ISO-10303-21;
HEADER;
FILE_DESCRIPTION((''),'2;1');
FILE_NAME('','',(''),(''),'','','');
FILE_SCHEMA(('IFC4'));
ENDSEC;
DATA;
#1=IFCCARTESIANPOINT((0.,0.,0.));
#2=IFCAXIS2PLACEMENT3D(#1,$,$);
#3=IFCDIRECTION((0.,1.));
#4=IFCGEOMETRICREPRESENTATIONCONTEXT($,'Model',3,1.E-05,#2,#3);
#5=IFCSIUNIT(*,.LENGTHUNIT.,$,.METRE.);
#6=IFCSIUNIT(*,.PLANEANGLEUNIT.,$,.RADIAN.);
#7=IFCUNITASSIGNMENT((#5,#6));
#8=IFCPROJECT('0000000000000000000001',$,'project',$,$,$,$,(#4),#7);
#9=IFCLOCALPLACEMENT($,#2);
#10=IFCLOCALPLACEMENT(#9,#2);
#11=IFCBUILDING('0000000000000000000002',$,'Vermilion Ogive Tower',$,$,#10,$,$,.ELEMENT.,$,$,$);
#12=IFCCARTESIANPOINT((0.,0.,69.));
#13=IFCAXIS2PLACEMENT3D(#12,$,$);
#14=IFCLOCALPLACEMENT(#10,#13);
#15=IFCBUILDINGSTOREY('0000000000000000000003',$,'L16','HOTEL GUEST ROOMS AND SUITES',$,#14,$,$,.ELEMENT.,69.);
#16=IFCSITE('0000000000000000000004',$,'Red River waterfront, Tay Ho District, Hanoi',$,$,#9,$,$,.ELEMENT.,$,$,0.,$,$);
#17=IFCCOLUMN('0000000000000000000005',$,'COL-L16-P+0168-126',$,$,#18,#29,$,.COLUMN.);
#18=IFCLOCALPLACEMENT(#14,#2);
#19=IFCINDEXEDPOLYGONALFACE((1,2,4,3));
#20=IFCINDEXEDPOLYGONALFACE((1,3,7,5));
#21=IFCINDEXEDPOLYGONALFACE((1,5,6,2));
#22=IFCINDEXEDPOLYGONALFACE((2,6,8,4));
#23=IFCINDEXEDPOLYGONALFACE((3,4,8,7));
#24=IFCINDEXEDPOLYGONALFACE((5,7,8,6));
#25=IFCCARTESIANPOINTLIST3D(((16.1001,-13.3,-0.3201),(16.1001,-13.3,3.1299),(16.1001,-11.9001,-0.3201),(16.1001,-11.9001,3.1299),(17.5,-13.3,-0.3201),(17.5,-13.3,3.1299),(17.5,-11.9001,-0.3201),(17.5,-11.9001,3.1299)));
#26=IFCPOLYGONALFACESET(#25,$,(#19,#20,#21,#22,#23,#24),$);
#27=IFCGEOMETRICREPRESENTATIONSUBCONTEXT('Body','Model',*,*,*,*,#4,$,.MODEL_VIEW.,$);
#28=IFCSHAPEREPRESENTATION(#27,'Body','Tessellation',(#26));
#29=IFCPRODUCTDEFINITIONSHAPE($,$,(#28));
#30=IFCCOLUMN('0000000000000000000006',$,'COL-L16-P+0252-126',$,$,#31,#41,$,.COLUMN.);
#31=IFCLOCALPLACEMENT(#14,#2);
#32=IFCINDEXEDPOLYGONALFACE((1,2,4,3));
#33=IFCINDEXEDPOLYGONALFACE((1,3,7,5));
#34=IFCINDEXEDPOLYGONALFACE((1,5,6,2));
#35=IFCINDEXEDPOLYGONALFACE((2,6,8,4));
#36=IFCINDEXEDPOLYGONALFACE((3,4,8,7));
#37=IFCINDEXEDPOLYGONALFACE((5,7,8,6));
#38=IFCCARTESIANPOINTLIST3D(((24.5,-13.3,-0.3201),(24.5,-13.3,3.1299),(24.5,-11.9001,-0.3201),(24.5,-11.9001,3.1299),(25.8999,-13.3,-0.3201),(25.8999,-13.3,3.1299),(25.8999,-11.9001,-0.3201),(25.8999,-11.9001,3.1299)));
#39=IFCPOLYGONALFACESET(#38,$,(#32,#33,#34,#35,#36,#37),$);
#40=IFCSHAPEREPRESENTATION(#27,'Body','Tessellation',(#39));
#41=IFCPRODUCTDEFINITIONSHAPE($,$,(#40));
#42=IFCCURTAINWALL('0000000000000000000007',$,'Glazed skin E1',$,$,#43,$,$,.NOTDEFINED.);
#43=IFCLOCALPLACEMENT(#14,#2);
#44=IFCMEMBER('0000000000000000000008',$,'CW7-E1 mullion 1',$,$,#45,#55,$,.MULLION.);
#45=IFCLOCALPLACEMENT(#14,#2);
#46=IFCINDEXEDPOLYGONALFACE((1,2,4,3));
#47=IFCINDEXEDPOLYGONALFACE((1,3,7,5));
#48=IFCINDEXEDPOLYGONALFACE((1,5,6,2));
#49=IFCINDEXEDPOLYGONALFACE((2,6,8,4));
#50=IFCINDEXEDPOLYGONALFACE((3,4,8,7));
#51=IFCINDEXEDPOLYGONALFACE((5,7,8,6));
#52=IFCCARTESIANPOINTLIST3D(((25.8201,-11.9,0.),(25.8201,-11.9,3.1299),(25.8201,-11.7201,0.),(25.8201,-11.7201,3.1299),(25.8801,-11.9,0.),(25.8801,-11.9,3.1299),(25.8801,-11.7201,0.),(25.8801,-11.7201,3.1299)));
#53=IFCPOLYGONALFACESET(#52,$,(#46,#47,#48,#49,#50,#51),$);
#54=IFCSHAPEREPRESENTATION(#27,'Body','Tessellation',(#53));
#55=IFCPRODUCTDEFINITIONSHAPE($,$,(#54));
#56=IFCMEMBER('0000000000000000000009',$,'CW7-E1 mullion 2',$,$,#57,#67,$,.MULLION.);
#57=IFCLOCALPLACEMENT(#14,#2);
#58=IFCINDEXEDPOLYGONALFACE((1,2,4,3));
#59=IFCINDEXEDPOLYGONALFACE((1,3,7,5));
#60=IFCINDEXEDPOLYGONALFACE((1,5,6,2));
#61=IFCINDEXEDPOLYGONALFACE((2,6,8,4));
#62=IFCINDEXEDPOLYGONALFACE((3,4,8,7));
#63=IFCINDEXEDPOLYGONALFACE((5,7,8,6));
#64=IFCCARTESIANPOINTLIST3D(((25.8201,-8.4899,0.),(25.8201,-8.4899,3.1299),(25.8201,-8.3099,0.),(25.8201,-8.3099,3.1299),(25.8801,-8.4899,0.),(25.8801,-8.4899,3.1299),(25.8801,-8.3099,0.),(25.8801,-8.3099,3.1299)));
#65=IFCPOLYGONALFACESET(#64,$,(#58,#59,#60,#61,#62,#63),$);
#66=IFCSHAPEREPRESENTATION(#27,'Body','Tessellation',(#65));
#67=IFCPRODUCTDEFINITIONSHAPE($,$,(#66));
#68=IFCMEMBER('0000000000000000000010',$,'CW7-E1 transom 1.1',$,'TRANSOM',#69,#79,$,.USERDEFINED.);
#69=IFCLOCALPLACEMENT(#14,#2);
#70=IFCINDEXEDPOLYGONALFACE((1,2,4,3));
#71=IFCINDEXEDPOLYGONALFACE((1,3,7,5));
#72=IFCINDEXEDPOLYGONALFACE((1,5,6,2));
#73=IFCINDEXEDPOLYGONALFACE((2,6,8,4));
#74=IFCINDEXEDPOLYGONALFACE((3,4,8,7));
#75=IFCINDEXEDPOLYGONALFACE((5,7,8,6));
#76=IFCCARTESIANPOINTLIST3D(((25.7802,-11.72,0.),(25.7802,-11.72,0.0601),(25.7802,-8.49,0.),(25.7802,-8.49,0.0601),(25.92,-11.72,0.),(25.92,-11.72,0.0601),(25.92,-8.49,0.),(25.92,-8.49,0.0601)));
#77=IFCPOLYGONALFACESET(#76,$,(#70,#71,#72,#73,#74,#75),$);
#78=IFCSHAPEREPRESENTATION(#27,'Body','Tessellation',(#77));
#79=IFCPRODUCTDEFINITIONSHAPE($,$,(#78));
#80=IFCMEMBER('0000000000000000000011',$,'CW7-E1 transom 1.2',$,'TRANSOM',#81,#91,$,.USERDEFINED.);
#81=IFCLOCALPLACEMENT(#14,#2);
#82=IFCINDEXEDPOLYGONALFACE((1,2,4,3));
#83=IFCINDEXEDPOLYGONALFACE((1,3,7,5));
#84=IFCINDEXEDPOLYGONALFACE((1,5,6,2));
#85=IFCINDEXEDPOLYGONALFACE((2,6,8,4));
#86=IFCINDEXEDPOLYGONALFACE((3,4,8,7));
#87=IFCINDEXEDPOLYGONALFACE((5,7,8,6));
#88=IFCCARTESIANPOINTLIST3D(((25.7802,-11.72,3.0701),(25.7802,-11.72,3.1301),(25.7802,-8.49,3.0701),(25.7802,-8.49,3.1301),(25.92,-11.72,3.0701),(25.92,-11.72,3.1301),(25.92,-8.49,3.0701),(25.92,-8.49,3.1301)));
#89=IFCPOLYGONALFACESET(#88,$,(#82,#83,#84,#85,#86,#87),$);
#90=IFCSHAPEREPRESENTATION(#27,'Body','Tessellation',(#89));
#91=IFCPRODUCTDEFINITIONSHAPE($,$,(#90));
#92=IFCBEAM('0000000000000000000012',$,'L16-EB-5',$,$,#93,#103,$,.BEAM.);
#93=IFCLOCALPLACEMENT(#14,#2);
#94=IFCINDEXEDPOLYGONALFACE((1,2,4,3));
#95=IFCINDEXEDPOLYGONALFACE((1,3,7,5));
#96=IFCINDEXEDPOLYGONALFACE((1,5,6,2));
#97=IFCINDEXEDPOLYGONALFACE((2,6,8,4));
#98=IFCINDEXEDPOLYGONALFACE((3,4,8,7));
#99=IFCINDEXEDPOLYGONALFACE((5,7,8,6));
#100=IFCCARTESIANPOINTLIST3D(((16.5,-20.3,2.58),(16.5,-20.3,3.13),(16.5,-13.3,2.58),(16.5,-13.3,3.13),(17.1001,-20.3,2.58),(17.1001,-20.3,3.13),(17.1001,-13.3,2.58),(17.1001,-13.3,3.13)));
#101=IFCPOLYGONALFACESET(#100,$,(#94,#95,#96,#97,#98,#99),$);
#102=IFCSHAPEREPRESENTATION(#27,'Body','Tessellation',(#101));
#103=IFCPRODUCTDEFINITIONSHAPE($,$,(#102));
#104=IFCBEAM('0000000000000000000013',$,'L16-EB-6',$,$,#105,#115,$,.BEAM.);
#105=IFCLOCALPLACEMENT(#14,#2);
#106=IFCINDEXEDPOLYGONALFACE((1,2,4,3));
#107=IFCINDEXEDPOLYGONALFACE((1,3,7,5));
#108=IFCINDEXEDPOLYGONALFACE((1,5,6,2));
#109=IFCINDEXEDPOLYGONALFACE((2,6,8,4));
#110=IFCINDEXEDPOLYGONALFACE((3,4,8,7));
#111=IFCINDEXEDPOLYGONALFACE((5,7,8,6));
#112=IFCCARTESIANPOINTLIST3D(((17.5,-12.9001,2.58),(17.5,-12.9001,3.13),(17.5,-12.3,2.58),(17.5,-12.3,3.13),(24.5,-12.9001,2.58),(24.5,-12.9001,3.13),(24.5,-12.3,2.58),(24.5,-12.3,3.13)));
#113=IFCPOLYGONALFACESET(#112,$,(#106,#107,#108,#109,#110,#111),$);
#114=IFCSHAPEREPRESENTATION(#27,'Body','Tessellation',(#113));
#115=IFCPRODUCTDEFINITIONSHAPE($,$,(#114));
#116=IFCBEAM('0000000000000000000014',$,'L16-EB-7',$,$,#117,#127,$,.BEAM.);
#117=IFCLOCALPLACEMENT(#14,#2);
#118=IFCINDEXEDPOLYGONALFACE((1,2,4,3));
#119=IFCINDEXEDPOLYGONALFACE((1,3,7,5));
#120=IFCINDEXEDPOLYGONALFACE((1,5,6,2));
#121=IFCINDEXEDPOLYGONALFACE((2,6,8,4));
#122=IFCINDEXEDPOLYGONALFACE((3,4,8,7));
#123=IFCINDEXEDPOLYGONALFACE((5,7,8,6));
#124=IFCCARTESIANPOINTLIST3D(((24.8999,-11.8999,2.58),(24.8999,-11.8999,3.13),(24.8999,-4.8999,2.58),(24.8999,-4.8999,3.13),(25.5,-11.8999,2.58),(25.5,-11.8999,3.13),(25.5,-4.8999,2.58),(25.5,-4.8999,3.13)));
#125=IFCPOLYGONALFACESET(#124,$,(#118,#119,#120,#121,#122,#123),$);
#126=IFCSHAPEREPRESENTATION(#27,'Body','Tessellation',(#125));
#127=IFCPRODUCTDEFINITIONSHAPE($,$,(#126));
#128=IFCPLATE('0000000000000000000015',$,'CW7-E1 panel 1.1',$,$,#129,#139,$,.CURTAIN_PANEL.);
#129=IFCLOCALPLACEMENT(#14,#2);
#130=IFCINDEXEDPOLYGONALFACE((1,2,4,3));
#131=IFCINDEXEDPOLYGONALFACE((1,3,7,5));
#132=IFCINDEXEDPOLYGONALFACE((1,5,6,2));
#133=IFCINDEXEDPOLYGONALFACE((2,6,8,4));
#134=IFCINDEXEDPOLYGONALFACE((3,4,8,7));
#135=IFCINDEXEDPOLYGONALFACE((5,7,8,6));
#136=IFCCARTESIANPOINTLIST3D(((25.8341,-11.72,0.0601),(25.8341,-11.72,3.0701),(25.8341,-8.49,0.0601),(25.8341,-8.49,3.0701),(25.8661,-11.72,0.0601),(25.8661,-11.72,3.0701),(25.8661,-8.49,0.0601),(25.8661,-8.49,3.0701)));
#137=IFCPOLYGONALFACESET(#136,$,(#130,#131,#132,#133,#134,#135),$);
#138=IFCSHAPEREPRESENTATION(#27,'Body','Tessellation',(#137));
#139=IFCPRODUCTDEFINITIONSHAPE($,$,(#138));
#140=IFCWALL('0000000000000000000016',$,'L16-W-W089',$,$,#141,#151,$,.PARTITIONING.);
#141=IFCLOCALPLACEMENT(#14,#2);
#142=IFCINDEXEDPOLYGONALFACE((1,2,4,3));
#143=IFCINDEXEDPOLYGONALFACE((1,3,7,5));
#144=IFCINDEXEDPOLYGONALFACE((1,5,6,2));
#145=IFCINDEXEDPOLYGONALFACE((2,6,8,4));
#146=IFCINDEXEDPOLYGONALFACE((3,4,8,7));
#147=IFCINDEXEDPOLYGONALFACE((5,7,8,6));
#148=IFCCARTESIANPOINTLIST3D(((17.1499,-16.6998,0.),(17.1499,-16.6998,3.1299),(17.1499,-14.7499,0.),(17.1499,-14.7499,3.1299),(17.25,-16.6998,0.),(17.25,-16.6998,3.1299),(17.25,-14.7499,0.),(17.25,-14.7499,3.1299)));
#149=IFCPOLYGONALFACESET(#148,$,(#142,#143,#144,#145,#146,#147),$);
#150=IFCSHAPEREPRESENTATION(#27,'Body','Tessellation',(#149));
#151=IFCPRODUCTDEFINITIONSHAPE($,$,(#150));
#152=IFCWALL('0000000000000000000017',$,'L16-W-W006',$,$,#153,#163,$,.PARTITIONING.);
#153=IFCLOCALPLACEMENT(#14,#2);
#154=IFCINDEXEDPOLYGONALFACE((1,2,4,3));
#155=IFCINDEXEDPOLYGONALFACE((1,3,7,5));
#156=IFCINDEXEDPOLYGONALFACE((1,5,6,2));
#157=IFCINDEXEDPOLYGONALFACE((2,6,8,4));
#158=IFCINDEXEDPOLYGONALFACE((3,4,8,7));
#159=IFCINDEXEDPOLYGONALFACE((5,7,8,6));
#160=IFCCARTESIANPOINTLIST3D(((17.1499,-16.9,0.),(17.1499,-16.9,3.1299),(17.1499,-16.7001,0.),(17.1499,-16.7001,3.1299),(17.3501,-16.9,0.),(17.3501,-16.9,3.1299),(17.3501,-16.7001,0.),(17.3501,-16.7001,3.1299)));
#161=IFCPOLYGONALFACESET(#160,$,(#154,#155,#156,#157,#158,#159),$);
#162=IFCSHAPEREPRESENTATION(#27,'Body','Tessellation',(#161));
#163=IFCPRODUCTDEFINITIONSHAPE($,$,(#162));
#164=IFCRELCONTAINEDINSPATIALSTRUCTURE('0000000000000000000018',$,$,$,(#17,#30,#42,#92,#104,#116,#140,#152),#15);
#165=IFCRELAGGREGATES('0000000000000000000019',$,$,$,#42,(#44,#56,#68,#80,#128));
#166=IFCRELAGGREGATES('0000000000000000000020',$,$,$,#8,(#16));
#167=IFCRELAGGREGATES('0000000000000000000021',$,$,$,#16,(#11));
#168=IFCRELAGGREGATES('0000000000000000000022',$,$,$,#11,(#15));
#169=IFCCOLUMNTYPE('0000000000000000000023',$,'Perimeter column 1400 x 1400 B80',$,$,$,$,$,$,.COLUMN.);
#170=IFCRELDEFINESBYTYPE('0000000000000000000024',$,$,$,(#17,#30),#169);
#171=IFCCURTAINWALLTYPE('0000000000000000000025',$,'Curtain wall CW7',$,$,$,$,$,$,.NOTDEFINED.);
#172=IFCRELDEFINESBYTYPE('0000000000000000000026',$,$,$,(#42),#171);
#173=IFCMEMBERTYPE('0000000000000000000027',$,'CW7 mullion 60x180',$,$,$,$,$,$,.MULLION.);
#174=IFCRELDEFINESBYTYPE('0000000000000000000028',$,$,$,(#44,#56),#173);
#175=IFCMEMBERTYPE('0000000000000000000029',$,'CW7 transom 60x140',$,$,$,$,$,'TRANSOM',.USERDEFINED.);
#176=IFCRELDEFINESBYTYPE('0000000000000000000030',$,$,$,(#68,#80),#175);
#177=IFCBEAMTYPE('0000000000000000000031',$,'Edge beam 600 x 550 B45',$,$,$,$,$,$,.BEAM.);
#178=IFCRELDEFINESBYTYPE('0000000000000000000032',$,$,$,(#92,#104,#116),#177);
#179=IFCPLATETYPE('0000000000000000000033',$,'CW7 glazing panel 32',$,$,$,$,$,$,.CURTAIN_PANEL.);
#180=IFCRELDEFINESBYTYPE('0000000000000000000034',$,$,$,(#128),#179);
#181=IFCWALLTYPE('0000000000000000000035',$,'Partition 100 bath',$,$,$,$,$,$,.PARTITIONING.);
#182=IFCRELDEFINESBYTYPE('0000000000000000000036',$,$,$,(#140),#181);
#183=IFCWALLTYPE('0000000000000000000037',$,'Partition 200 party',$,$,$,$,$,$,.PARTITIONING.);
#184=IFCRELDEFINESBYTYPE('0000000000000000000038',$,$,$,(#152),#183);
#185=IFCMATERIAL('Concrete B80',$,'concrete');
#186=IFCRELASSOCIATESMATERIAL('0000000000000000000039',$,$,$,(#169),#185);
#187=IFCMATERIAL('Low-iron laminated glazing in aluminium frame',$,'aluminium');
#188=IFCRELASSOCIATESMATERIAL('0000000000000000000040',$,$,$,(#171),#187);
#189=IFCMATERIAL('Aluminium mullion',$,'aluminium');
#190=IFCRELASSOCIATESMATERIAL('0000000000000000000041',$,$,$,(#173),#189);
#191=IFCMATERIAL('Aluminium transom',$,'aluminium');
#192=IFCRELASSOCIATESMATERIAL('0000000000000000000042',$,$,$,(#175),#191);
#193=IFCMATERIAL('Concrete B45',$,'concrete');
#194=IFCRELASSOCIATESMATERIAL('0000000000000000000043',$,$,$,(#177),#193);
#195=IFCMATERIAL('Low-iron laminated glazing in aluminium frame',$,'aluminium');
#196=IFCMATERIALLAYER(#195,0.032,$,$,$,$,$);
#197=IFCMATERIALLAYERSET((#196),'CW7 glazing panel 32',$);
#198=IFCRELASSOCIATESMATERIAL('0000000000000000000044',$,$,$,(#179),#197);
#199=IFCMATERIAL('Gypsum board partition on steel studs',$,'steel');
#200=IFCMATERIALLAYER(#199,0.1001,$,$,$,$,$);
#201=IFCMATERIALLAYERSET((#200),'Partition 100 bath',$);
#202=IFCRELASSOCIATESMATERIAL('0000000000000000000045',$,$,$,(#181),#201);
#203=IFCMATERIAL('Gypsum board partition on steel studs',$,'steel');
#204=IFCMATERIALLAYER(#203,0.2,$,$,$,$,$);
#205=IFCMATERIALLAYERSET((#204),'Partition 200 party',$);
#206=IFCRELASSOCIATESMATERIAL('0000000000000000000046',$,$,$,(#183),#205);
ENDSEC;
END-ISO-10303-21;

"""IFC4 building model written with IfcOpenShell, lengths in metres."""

from ifc_helpers import new_model, si_unit, direction, frame, frame_2d, origin, origin_2d, place, context, subcontext, project, spatial, rectangle, extrude, material, layer, layer_set, material_profile, profile_set, type_object, element, aggregate, save


model = new_model("IFC4")

# Units and contexts
model_context = context("Model", 3, precision=1e-05, world=origin(), true_north=direction((0.0, 1.0)))
body_context = subcontext(model_context, "Body", "Model", "MODEL_VIEW")
ifc_project = project(units=[si_unit("LENGTHUNIT", "METRE"), si_unit("PLANEANGLEUNIT", "RADIAN")], contexts=[model_context])

# Site, building, storey
site_placement = place(None, origin())
site = spatial("IfcSite", under=ifc_project, at=site_placement, Name="Red River waterfront, Tay Ho District, Hanoi", CompositionType="ELEMENT", RefElevation=0.0)
building_placement = place(site_placement, origin())
building = spatial("IfcBuilding", under=site, at=building_placement, Name="Vermilion Ogive Tower", CompositionType="ELEMENT")
storey_placement = place(building_placement, frame((0.0, 0.0, 69.0)))
storey = spatial("IfcBuildingStorey", under=building, at=storey_placement, Name="L16", Description="HOTEL GUEST ROOMS AND SUITES", CompositionType="ELEMENT", Elevation=69.0)

# Columns
ifc_material_1 = material(Name="Concrete B80", Category="concrete")
ifc_material_profile_1 = material_profile(ifc_material_1, rectangle(XDim=1.3999, YDim=1.3999, at=origin_2d()), Name="1400 x 1400")
ifc_profile_set_1 = profile_set([ifc_material_profile_1], Name="Concrete B80")
column_type = type_object("IfcColumnType", Name="Perimeter column 1400 x 1400 B80", PredefinedType="COLUMN", material=ifc_profile_set_1)
for number, where, z_axis, x_axis, name in (
    (1, (16.8, -12.6001, -0.3201), (0.0, 0.0, 1.0), (1.0, 0.0, 0.0), "COL-L16-P+0168-126"),
    (2, (25.2, -12.6001, -0.3201), (0.0, 0.0, 1.0), (1.0, 0.0, 0.0), "COL-L16-P+0252-126"),
):
    element("IfcColumn", number, at=place(storey_placement, frame(where, z_axis=z_axis, x_axis=x_axis)), inside=storey, type_object=column_type, Name=name, PredefinedType="COLUMN", context=body_context, shape_type="SweptSolid", body=[
        extrude(rectangle(XDim=1.3999, YDim=1.3999, at=origin_2d()), origin(), (0.0, 0.0, 1.0), 3.45),
    ])

# Curtain wall, members
ifc_material_2 = material(Name="Low-iron laminated glazing in aluminium frame", Category="aluminium")
curtain_wall_type = type_object("IfcCurtainWallType", Name="Curtain wall CW7", PredefinedType="NOTDEFINED", material=ifc_material_2)
curtain_wall_placement = place(storey_placement, origin())
curtain_wall = element("IfcCurtainWall", 3, at=curtain_wall_placement, inside=storey, type_object=curtain_wall_type, Name="Glazed skin E1", PredefinedType="NOTDEFINED")
ifc_material_3 = material(Name="Aluminium mullion", Category="aluminium")
ifc_material_profile_2 = material_profile(ifc_material_3, rectangle(XDim=0.0601, YDim=0.1799, at=origin_2d()), Name="AL 60x180")
ifc_profile_set_2 = profile_set([ifc_material_profile_2], Name="Aluminium mullion")
member_type_1 = type_object("IfcMemberType", Name="CW7 mullion 60x180", PredefinedType="MULLION", material=ifc_profile_set_2)
member_1_placement = place(storey_placement, frame((25.8501, -11.8101, 0.0), z_axis=(0.0, 0.0, 1.0), x_axis=(-1.0, 0.0, 0.0)))
member_1 = element("IfcMember", 4, at=member_1_placement, type_object=member_type_1, Name="CW7-E1 mullion 1", PredefinedType="MULLION", context=body_context, shape_type="SweptSolid", body=[
    extrude(rectangle(XDim=0.0601, YDim=0.1799, at=origin_2d()), origin(), (0.0, 0.0, 1.0), 3.1299),
])
member_2_placement = place(storey_placement, frame((25.8501, -8.3999, 0.0), z_axis=(0.0, 0.0, 1.0), x_axis=(-1.0, 0.0, 0.0)))
member_2 = element("IfcMember", 5, at=member_2_placement, type_object=member_type_1, Name="CW7-E1 mullion 2", PredefinedType="MULLION", context=body_context, shape_type="SweptSolid", body=[
    extrude(rectangle(XDim=0.0601, YDim=0.1799, at=origin_2d()), origin(), (0.0, 0.0, 1.0), 3.1299),
])
ifc_material_4 = material(Name="Aluminium transom", Category="aluminium")
ifc_material_profile_3 = material_profile(ifc_material_4, rectangle(XDim=0.1399, YDim=0.0601, at=origin_2d()), Name="AL 60x140")
ifc_profile_set_3 = profile_set([ifc_material_profile_3], Name="Aluminium transom")
member_type_2 = type_object("IfcMemberType", Name="CW7 transom 60x140", ElementType="TRANSOM", PredefinedType="USERDEFINED", material=ifc_profile_set_3)
member_3_placement = place(storey_placement, frame((25.8501, -11.72, 0.03), z_axis=(0.0, 1.0, 0.0), x_axis=(-1.0, 0.0, 0.0)))
member_3 = element("IfcMember", 6, at=member_3_placement, type_object=member_type_2, Name="CW7-E1 transom 1.1", ObjectType="TRANSOM", PredefinedType="USERDEFINED", context=body_context, shape_type="SweptSolid", body=[
    extrude(rectangle(XDim=0.1399, YDim=0.0601, at=origin_2d()), origin(), (0.0, 0.0, 1.0), 3.23),
])
member_4_placement = place(storey_placement, frame((25.8501, -11.72, 3.1001), z_axis=(0.0, 1.0, 0.0), x_axis=(-1.0, 0.0, 0.0)))
member_4 = element("IfcMember", 7, at=member_4_placement, type_object=member_type_2, Name="CW7-E1 transom 1.2", ObjectType="TRANSOM", PredefinedType="USERDEFINED", context=body_context, shape_type="SweptSolid", body=[
    extrude(rectangle(XDim=0.1399, YDim=0.0601, at=origin_2d()), origin(), (0.0, 0.0, 1.0), 3.23),
])

# Beams
ifc_material_5 = material(Name="Concrete B45", Category="concrete")
ifc_material_profile_4 = material_profile(ifc_material_5, rectangle(XDim=0.6001, YDim=0.55, at=origin_2d()), Name="600 x 550")
ifc_profile_set_4 = profile_set([ifc_material_profile_4], Name="Concrete B45")
beam_type = type_object("IfcBeamType", Name="Edge beam 600 x 550 B45", PredefinedType="BEAM", material=ifc_profile_set_4)
for number, where, z_axis, x_axis, name in (
    (8, (16.8, -20.3, 2.855), (0.0, 1.0, 0.0), (-1.0, 0.0, 0.0), "L16-EB-5"),
    (9, (17.5, -12.6001, 2.855), (1.0, 0.0, 0.0), (0.0, 1.0, 0.0), "L16-EB-6"),
    (10, (25.2, -11.8999, 2.855), (0.0, 1.0, 0.0), (-1.0, 0.0, 0.0), "L16-EB-7"),
):
    element("IfcBeam", number, at=place(storey_placement, frame(where, z_axis=z_axis, x_axis=x_axis)), inside=storey, type_object=beam_type, Name=name, PredefinedType="BEAM", context=body_context, shape_type="SweptSolid", body=[
        extrude(rectangle(XDim=0.6001, YDim=0.55, at=origin_2d()), origin(), (0.0, 0.0, 1.0), 7.0),
    ])

# Plate
ifc_material_6 = material(Name="Low-iron laminated glazing in aluminium frame", Category="aluminium")
ifc_layer_1 = layer(ifc_material_6, 0.032)
ifc_layer_set_1 = layer_set([ifc_layer_1], Name="CW7 glazing panel 32")
plate_type = type_object("IfcPlateType", Name="CW7 glazing panel 32", PredefinedType="CURTAIN_PANEL", material=ifc_layer_set_1)
plate_placement = place(storey_placement, frame((25.8501, -10.105, 0.0601), z_axis=(0.0, 0.0, 1.0), x_axis=(0.0, 1.0, 0.0)))
plate = element("IfcPlate", 11, at=plate_placement, type_object=plate_type, Name="CW7-E1 panel 1.1", PredefinedType="CURTAIN_PANEL", context=body_context, shape_type="SweptSolid", body=[
    extrude(rectangle(XDim=3.23, YDim=0.032, at=origin_2d()), origin(), (0.0, 0.0, 1.0), 3.01),
])
aggregate(curtain_wall, [member_1, member_2, member_3, member_4, plate])

# Walls
ifc_material_7 = material(Name="Gypsum board partition on steel studs", Category="steel")
ifc_layer_2 = layer(ifc_material_7, 0.1001)
ifc_layer_set_2 = layer_set([ifc_layer_2], Name="Partition 100 bath")
wall_type_1 = type_object("IfcWallType", Name="Partition 100 bath", PredefinedType="PARTITIONING", material=ifc_layer_set_2)
wall_1_placement = place(storey_placement, frame((17.2, -16.7, 0.0), z_axis=(0.0, 0.0, 1.0), x_axis=(0.0, 1.0, 0.0)))
element("IfcWall", 12, at=wall_1_placement, inside=storey, type_object=wall_type_1, Name="L16-W-W089", PredefinedType="PARTITIONING", context=body_context, shape_type="SweptSolid", body=[
    extrude(rectangle(XDim=1.95, YDim=0.1001, at=frame_2d((0.9751, 0.0))), origin(), (0.0, 0.0, 1.0), 3.1299),
])
ifc_material_8 = material(Name="Gypsum board partition on steel studs", Category="steel")
ifc_layer_3 = layer(ifc_material_8, 0.2)
ifc_layer_set_3 = layer_set([ifc_layer_3], Name="Partition 200 party")
wall_type_2 = type_object("IfcWallType", Name="Partition 200 party", PredefinedType="PARTITIONING", material=ifc_layer_set_3)
wall_2_placement = place(storey_placement, frame((17.1499, -16.8, 0.0), z_axis=(0.0, 0.0, 1.0), x_axis=(1.0, 0.0, 0.0)))
element("IfcWall", 13, at=wall_2_placement, inside=storey, type_object=wall_type_2, Name="L16-W-W006", PredefinedType="PARTITIONING", context=body_context, shape_type="SweptSolid", body=[
    extrude(rectangle(XDim=0.2002, YDim=0.2, at=frame_2d((0.1001, 0.0))), origin(), (0.0, 0.0, 1.0), 3.1299),
])

save(model, "model.ifc")
